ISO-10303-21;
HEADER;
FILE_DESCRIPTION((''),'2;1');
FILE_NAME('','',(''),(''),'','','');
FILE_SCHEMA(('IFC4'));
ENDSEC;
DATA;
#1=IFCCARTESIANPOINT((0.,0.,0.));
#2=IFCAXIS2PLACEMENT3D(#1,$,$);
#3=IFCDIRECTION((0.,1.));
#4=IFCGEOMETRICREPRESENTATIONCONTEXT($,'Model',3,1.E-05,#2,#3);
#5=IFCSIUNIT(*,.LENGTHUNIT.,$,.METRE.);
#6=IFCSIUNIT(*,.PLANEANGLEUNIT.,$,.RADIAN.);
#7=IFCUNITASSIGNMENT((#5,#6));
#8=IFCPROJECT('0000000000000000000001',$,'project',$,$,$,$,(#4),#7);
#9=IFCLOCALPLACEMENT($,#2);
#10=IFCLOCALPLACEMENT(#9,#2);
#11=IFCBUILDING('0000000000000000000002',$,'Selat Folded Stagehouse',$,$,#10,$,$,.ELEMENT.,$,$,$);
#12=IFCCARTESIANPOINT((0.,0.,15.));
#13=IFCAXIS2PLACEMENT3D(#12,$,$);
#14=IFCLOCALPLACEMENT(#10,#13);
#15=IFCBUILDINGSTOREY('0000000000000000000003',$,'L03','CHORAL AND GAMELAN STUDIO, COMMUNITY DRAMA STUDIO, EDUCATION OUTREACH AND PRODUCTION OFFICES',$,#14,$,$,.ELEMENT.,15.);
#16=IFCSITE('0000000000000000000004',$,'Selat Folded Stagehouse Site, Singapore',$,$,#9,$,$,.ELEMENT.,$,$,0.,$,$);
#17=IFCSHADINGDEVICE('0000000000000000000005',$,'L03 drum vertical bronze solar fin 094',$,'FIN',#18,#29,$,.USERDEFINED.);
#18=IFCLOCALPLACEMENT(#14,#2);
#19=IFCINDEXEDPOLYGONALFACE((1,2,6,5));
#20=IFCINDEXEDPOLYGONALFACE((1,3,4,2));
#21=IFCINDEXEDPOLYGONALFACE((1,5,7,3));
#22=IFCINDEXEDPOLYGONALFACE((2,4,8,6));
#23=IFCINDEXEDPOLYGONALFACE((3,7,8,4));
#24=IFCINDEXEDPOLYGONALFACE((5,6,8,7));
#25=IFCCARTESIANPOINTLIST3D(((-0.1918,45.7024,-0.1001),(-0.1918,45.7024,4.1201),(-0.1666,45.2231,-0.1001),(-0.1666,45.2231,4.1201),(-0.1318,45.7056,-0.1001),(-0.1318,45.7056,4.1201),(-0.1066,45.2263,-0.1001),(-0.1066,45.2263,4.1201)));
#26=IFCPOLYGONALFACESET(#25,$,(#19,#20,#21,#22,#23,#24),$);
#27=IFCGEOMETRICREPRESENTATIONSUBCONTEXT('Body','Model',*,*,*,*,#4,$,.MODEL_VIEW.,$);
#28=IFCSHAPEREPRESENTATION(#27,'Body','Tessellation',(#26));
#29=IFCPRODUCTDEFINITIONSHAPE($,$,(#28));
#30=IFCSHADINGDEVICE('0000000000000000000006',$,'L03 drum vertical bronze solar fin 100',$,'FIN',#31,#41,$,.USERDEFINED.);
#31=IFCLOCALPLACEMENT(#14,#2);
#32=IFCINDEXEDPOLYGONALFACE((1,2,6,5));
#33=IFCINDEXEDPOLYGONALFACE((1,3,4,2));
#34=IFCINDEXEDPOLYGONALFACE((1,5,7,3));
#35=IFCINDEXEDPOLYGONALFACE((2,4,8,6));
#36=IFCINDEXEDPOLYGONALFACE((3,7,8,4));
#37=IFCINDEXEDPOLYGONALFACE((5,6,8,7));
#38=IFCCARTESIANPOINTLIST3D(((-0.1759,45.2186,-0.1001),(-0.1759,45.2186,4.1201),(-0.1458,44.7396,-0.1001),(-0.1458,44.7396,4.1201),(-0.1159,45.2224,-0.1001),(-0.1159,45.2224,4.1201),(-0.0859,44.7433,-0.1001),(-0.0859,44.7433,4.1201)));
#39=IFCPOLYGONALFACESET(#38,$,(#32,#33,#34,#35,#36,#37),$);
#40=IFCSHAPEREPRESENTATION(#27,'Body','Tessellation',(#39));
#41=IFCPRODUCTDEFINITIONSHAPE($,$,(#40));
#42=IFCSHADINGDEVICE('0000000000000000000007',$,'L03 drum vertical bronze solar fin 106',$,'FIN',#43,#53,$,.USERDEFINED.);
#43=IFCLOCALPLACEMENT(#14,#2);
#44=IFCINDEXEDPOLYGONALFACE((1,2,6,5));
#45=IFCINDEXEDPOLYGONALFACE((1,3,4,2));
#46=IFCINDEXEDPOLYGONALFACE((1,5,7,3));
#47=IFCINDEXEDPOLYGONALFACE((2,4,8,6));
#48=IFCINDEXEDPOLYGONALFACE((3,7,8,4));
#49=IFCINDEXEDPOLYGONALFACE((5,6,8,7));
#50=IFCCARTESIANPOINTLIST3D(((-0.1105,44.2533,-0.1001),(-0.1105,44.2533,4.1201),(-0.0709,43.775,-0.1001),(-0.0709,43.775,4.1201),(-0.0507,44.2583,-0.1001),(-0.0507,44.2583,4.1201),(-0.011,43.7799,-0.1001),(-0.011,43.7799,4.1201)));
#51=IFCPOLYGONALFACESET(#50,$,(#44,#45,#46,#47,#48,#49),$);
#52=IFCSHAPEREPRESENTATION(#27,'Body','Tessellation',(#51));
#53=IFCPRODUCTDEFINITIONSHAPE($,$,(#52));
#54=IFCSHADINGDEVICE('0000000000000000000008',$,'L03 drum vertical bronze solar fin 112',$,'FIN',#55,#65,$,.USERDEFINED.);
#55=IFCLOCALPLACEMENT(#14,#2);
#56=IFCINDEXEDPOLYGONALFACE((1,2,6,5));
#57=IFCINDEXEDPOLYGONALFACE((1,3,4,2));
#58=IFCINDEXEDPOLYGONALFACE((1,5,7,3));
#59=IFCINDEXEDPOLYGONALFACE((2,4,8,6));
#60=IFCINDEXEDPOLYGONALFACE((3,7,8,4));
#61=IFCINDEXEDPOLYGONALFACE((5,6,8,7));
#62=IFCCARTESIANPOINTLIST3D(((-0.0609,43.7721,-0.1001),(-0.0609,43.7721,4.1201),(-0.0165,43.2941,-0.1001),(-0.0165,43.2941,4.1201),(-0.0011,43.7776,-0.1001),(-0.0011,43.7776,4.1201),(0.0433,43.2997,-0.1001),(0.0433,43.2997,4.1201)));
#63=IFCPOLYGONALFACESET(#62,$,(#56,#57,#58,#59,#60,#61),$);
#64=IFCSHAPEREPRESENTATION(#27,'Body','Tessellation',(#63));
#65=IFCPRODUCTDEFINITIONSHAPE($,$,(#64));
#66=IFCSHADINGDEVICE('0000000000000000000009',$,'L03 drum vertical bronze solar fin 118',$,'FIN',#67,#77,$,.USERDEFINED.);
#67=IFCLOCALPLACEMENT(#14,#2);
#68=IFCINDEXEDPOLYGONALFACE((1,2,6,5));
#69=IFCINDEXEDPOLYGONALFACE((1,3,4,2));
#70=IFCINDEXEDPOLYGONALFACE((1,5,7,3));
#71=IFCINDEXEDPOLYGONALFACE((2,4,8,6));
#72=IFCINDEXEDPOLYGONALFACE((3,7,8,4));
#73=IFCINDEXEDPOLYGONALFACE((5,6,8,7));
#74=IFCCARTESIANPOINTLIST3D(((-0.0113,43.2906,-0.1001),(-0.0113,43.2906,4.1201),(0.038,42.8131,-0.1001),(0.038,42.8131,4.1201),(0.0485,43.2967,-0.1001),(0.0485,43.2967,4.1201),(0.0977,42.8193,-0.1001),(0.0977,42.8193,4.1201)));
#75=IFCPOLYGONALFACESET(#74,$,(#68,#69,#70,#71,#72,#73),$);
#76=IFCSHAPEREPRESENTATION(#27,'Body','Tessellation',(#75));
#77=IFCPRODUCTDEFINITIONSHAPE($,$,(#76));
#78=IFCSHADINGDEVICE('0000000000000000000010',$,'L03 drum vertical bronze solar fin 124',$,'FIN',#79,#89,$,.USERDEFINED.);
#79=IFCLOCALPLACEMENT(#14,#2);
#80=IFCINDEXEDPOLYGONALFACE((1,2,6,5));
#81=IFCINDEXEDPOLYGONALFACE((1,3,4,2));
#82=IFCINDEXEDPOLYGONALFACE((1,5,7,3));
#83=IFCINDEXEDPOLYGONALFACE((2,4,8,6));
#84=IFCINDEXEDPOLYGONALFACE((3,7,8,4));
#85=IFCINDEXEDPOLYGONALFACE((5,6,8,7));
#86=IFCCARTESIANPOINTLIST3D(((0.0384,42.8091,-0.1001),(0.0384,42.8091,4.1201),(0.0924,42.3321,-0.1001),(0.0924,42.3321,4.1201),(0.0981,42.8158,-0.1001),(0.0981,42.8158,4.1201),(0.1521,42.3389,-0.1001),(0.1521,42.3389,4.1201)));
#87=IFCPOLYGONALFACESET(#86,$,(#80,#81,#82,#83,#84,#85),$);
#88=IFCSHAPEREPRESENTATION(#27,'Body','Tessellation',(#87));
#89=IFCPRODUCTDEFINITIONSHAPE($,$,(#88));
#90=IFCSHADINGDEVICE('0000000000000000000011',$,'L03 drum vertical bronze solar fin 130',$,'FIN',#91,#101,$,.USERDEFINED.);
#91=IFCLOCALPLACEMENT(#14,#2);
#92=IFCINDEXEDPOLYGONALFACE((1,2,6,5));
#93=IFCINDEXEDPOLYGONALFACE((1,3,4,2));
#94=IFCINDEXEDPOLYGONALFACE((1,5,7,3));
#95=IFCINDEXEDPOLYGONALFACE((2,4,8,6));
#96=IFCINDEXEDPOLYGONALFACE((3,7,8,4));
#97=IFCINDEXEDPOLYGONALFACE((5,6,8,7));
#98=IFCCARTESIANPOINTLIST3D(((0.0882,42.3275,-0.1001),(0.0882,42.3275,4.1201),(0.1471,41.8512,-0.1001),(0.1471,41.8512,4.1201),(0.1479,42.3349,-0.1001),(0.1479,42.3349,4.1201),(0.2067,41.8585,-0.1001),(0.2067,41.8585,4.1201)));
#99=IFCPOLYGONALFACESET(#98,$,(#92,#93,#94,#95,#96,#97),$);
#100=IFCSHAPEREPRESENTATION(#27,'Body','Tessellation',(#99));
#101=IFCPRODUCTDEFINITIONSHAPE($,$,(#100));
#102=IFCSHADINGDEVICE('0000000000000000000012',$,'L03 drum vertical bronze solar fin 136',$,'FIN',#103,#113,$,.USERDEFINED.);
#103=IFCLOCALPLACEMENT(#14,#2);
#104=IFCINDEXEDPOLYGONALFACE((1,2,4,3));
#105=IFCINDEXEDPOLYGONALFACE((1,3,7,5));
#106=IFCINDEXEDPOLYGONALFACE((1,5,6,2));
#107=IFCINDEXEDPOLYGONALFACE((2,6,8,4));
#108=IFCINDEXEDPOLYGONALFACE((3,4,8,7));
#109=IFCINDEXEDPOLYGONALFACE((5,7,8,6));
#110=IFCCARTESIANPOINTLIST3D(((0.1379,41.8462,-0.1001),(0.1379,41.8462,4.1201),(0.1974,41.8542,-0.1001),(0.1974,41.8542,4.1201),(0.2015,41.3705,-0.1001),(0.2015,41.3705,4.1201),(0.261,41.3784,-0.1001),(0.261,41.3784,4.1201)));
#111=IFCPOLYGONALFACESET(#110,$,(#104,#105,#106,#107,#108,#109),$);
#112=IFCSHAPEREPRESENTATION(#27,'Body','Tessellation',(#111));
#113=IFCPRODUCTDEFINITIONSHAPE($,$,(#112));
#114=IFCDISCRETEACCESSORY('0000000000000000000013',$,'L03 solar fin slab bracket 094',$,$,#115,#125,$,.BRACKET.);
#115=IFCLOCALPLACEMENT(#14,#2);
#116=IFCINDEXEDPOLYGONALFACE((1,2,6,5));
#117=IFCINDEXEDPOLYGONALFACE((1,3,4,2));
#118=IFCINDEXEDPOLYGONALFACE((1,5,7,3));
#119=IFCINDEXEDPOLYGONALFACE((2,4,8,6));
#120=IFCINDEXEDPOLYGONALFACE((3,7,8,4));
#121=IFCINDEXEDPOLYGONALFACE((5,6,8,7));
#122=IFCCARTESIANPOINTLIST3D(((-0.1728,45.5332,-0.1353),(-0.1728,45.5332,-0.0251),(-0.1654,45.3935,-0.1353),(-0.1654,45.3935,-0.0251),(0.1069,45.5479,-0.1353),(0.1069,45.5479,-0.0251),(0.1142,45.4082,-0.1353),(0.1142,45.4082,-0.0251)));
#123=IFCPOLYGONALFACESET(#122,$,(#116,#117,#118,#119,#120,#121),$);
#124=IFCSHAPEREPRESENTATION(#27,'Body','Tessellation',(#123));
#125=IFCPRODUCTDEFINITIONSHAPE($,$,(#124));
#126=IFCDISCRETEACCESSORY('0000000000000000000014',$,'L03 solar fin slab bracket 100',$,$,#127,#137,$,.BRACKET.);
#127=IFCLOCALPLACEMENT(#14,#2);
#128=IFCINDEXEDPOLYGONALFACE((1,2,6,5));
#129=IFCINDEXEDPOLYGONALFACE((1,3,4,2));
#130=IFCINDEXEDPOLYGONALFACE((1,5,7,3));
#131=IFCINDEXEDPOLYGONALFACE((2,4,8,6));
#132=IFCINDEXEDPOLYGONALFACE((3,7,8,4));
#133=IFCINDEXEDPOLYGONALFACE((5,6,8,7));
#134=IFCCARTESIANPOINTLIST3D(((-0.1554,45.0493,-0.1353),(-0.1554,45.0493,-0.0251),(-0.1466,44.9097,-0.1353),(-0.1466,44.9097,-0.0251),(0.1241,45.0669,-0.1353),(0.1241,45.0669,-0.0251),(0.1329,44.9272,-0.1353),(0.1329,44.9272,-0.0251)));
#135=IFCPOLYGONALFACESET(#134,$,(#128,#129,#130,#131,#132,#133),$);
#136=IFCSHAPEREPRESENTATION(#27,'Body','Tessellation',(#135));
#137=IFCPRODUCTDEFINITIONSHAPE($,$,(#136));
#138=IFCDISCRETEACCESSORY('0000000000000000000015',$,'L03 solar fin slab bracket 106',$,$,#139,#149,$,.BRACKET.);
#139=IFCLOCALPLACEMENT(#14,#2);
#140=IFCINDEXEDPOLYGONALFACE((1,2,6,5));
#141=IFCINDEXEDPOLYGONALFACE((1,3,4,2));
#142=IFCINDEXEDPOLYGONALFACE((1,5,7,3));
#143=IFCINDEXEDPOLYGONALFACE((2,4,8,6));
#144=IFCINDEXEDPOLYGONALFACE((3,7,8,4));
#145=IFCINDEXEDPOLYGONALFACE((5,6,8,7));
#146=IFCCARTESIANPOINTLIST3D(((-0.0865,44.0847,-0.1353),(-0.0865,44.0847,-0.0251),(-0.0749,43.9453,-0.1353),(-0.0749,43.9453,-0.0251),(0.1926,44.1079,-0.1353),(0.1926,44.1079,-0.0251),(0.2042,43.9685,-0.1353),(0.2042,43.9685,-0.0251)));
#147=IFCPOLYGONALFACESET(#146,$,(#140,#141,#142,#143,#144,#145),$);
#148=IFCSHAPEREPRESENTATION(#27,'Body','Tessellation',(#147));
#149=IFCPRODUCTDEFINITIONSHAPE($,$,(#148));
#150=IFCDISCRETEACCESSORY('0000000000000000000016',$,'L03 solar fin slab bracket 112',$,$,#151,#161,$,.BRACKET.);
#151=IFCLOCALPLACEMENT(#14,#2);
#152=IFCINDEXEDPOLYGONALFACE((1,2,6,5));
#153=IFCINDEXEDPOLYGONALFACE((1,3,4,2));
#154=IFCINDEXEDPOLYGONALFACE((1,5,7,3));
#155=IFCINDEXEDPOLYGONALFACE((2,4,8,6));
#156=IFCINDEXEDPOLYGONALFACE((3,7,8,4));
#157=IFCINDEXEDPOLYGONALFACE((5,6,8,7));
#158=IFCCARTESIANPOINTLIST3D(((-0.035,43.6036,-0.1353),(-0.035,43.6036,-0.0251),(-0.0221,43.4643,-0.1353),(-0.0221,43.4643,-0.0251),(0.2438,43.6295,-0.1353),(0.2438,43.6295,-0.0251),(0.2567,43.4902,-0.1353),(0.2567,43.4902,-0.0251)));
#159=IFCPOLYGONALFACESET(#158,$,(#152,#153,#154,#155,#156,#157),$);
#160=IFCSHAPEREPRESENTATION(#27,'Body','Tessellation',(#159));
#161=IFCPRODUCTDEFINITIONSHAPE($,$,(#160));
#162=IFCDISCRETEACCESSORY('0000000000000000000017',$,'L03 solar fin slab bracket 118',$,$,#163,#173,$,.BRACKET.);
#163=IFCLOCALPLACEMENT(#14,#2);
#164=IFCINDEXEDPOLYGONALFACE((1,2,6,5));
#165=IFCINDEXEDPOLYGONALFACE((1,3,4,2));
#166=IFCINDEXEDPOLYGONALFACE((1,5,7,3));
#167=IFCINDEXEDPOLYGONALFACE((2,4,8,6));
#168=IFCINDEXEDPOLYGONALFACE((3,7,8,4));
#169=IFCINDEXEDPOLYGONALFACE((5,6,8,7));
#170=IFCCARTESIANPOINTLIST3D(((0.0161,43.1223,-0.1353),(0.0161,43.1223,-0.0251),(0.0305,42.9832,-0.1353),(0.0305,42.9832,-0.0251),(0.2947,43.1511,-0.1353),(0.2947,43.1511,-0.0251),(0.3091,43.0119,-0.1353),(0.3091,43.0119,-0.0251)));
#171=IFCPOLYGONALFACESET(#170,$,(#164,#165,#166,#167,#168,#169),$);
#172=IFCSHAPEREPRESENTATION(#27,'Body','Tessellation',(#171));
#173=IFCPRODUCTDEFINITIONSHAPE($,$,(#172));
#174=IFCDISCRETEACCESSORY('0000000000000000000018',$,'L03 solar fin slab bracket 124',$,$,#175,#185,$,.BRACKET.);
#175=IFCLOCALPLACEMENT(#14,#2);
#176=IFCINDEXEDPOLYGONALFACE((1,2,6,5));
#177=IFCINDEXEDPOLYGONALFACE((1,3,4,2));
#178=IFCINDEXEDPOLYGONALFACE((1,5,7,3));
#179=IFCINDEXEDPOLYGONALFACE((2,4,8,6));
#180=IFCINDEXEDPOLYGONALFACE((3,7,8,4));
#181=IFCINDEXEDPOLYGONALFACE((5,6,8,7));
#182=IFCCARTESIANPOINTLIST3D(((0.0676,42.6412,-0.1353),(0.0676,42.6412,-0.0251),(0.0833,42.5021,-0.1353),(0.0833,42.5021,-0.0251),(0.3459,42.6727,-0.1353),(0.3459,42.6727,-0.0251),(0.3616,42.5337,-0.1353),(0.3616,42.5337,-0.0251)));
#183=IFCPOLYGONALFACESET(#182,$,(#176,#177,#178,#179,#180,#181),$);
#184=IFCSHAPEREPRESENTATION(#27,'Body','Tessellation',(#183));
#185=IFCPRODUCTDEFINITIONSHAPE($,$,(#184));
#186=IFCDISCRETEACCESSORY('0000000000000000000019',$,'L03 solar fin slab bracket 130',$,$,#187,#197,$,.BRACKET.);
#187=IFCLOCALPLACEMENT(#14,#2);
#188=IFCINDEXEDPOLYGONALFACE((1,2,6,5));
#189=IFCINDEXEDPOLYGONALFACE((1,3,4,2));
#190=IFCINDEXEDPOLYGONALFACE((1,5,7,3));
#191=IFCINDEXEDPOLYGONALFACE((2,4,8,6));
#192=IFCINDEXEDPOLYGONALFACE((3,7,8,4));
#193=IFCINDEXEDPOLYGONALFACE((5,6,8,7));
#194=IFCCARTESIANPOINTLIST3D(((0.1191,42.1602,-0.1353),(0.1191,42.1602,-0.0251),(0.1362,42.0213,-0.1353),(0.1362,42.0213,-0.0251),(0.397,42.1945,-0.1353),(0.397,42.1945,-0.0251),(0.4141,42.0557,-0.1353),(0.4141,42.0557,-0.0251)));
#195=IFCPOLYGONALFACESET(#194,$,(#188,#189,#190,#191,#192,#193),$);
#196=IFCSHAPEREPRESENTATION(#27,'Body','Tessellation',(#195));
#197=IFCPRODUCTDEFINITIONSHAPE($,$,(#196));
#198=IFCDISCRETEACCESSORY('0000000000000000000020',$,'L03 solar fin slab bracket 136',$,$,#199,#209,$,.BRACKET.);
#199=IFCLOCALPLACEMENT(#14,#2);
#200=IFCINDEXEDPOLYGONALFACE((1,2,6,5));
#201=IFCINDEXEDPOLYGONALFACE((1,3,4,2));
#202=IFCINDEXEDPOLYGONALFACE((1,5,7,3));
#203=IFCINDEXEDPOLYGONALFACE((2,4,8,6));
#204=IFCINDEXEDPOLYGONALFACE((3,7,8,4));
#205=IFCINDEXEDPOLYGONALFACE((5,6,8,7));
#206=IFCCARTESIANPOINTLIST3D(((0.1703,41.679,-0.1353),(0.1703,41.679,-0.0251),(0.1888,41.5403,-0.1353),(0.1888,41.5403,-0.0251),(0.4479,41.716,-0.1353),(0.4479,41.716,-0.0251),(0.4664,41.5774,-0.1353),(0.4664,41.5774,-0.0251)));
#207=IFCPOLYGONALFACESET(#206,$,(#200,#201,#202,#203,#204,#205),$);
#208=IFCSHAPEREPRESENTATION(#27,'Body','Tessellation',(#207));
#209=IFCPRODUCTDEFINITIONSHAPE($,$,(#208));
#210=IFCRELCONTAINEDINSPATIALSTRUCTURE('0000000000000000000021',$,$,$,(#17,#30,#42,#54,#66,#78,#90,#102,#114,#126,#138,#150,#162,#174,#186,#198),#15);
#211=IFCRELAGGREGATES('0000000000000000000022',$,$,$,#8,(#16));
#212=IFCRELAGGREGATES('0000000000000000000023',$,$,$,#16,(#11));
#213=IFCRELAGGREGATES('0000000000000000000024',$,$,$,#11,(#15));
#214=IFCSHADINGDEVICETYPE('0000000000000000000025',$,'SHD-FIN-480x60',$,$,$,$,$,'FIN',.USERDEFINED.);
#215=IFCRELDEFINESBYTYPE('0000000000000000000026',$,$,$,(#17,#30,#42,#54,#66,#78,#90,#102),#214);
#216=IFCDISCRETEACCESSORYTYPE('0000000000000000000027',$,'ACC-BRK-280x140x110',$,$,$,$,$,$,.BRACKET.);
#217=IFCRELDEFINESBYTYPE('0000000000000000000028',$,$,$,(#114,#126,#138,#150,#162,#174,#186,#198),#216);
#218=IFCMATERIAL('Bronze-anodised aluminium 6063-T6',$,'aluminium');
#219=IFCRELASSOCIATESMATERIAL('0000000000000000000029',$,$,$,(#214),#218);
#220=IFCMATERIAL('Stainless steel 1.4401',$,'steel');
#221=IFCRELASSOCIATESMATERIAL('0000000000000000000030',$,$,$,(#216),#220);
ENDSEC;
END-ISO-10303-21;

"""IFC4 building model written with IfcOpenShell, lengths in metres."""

from ifc_helpers import new_model, si_unit, direction, frame, origin, origin_2d, place, context, subcontext, project, spatial, rectangle, extrude, material, material_profile, profile_set, type_object, element, save


model = new_model("IFC4")

# Units and contexts
model_context = context("Model", 3, precision=1e-05, world=origin(), true_north=direction((0.0, 1.0)))
body_context = subcontext(model_context, "Body", "Model", "MODEL_VIEW")
ifc_project = project(units=[si_unit("LENGTHUNIT", "METRE"), si_unit("PLANEANGLEUNIT", "RADIAN")], contexts=[model_context])

# Site, building, storey
site_placement = place(None, origin())
site = spatial("IfcSite", under=ifc_project, at=site_placement, Name="Selat Folded Stagehouse Site, Singapore", CompositionType="ELEMENT", RefElevation=0.0)
building_placement = place(site_placement, origin())
building = spatial("IfcBuilding", under=site, at=building_placement, Name="Selat Folded Stagehouse", CompositionType="ELEMENT")
storey_placement = place(building_placement, frame((0.0, 0.0, 15.0)))
storey = spatial("IfcBuildingStorey", under=building, at=storey_placement, Name="L03", Description="CHORAL AND GAMELAN STUDIO, COMMUNITY DRAMA STUDIO, EDUCATION OUTREACH AND PRODUCTION OFFICES", CompositionType="ELEMENT", Elevation=15.0)

# Shading devices
ifc_material_1 = material(Name="Bronze-anodised aluminium 6063-T6", Category="aluminium")
ifc_material_profile_1 = material_profile(ifc_material_1, rectangle(XDim=0.0601, YDim=0.48, at=origin_2d()), Name="SOLAR-FIN 480x60")
ifc_profile_set_1 = profile_set([ifc_material_profile_1], Name="Bronze-anodised aluminium 6063-T6")
shading_device_type = type_object("IfcShadingDeviceType", Name="SHD-FIN-480x60", ElementType="FIN", PredefinedType="USERDEFINED", material=ifc_profile_set_1)
for number, where, z_axis, x_axis, name in (
    (1, (-0.1492, 45.4644, -0.1001), (0.0, 0.0, 1.0), (-0.99862, -0.05251, 0.0), "L03 drum vertical bronze solar fin 094"),
    (2, (-0.1309, 44.981, -0.1001), (0.0, 0.0, 1.0), (-0.998038, -0.062616, 0.0), "L03 drum vertical bronze solar fin 100"),
    (3, (-0.0608, 44.0166, -0.1001), (0.0, 0.0, 1.0), (-0.99658, -0.082634, 0.0), "L03 drum vertical bronze solar fin 106"),
    (4, (-0.0088, 43.5359, -0.1001), (0.0, 0.0, 1.0), (-0.995709, -0.092544, 0.0), "L03 drum vertical bronze solar fin 112"),
    (5, (0.0432, 43.0549, -0.1001), (0.0, 0.0, 1.0), (-0.994721, -0.102619, 0.0), "L03 drum vertical bronze solar fin 118"),
    (6, (0.0952, 42.574, -0.1001), (0.0, 0.0, 1.0), (-0.993651, -0.11251, 0.0), "L03 drum vertical bronze solar fin 124"),
    (7, (0.1475, 42.093, -0.1001), (0.0, 0.0, 1.0), (-0.992461, -0.122562, 0.0), "L03 drum vertical bronze solar fin 130"),
    (8, (0.1995, 41.6123, -0.1001), (0.0, 0.0, 1.0), (-0.991192, -0.132429, 0.0), "L03 drum vertical bronze solar fin 136"),
):
    element("IfcShadingDevice", number, at=place(storey_placement, frame(where, z_axis=z_axis, x_axis=x_axis)), inside=storey, type_object=shading_device_type, Name=name, ObjectType="FIN", PredefinedType="USERDEFINED", context=body_context, shape_type="SweptSolid", body=[
        extrude(rectangle(XDim=0.0601, YDim=0.48, at=origin_2d()), origin(), (0.0, 0.0, 1.0), 4.2202),
    ])

# Discrete accessories
ifc_material_2 = material(Name="Stainless steel 1.4401", Category="steel")
discrete_accessory_type = type_object("IfcDiscreteAccessoryType", Name="ACC-BRK-280x140x110", PredefinedType="BRACKET", material=ifc_material_2)
for number, where, z_axis, x_axis, name in (
    (9, (-0.0293, 45.4707, -0.1353), (0.0, 0.0, 1.0), (-0.99862, -0.05251, 0.0), "L03 solar fin slab bracket 094"),
    (10, (-0.0112, 44.9883, -0.1353), (0.0, 0.0, 1.0), (-0.998038, -0.062616, 0.0), "L03 solar fin slab bracket 100"),
    (11, (0.0588, 44.0266, -0.1353), (0.0, 0.0, 1.0), (-0.99658, -0.082634, 0.0), "L03 solar fin slab bracket 106"),
    (12, (0.1108, 43.5469, -0.1353), (0.0, 0.0, 1.0), (-0.995709, -0.092544, 0.0), "L03 solar fin slab bracket 112"),
    (13, (0.1626, 43.0671, -0.1353), (0.0, 0.0, 1.0), (-0.994721, -0.102619, 0.0), "L03 solar fin slab bracket 118"),
    (14, (0.2146, 42.5874, -0.1353), (0.0, 0.0, 1.0), (-0.993651, -0.11251, 0.0), "L03 solar fin slab bracket 124"),
    (15, (0.2666, 42.1079, -0.1353), (0.0, 0.0, 1.0), (-0.992461, -0.122562, 0.0), "L03 solar fin slab bracket 130"),
    (16, (0.3184, 41.6282, -0.1353), (0.0, 0.0, 1.0), (-0.991192, -0.132429, 0.0), "L03 solar fin slab bracket 136"),
):
    element("IfcDiscreteAccessory", number, at=place(storey_placement, frame(where, z_axis=z_axis, x_axis=x_axis)), inside=storey, type_object=discrete_accessory_type, Name=name, PredefinedType="BRACKET", context=body_context, shape_type="SweptSolid", body=[
        extrude(rectangle(XDim=0.28, YDim=0.1399, at=origin_2d()), origin(), (0.0, 0.0, 1.0), 0.1101),
    ])

save(model, "model.ifc")
